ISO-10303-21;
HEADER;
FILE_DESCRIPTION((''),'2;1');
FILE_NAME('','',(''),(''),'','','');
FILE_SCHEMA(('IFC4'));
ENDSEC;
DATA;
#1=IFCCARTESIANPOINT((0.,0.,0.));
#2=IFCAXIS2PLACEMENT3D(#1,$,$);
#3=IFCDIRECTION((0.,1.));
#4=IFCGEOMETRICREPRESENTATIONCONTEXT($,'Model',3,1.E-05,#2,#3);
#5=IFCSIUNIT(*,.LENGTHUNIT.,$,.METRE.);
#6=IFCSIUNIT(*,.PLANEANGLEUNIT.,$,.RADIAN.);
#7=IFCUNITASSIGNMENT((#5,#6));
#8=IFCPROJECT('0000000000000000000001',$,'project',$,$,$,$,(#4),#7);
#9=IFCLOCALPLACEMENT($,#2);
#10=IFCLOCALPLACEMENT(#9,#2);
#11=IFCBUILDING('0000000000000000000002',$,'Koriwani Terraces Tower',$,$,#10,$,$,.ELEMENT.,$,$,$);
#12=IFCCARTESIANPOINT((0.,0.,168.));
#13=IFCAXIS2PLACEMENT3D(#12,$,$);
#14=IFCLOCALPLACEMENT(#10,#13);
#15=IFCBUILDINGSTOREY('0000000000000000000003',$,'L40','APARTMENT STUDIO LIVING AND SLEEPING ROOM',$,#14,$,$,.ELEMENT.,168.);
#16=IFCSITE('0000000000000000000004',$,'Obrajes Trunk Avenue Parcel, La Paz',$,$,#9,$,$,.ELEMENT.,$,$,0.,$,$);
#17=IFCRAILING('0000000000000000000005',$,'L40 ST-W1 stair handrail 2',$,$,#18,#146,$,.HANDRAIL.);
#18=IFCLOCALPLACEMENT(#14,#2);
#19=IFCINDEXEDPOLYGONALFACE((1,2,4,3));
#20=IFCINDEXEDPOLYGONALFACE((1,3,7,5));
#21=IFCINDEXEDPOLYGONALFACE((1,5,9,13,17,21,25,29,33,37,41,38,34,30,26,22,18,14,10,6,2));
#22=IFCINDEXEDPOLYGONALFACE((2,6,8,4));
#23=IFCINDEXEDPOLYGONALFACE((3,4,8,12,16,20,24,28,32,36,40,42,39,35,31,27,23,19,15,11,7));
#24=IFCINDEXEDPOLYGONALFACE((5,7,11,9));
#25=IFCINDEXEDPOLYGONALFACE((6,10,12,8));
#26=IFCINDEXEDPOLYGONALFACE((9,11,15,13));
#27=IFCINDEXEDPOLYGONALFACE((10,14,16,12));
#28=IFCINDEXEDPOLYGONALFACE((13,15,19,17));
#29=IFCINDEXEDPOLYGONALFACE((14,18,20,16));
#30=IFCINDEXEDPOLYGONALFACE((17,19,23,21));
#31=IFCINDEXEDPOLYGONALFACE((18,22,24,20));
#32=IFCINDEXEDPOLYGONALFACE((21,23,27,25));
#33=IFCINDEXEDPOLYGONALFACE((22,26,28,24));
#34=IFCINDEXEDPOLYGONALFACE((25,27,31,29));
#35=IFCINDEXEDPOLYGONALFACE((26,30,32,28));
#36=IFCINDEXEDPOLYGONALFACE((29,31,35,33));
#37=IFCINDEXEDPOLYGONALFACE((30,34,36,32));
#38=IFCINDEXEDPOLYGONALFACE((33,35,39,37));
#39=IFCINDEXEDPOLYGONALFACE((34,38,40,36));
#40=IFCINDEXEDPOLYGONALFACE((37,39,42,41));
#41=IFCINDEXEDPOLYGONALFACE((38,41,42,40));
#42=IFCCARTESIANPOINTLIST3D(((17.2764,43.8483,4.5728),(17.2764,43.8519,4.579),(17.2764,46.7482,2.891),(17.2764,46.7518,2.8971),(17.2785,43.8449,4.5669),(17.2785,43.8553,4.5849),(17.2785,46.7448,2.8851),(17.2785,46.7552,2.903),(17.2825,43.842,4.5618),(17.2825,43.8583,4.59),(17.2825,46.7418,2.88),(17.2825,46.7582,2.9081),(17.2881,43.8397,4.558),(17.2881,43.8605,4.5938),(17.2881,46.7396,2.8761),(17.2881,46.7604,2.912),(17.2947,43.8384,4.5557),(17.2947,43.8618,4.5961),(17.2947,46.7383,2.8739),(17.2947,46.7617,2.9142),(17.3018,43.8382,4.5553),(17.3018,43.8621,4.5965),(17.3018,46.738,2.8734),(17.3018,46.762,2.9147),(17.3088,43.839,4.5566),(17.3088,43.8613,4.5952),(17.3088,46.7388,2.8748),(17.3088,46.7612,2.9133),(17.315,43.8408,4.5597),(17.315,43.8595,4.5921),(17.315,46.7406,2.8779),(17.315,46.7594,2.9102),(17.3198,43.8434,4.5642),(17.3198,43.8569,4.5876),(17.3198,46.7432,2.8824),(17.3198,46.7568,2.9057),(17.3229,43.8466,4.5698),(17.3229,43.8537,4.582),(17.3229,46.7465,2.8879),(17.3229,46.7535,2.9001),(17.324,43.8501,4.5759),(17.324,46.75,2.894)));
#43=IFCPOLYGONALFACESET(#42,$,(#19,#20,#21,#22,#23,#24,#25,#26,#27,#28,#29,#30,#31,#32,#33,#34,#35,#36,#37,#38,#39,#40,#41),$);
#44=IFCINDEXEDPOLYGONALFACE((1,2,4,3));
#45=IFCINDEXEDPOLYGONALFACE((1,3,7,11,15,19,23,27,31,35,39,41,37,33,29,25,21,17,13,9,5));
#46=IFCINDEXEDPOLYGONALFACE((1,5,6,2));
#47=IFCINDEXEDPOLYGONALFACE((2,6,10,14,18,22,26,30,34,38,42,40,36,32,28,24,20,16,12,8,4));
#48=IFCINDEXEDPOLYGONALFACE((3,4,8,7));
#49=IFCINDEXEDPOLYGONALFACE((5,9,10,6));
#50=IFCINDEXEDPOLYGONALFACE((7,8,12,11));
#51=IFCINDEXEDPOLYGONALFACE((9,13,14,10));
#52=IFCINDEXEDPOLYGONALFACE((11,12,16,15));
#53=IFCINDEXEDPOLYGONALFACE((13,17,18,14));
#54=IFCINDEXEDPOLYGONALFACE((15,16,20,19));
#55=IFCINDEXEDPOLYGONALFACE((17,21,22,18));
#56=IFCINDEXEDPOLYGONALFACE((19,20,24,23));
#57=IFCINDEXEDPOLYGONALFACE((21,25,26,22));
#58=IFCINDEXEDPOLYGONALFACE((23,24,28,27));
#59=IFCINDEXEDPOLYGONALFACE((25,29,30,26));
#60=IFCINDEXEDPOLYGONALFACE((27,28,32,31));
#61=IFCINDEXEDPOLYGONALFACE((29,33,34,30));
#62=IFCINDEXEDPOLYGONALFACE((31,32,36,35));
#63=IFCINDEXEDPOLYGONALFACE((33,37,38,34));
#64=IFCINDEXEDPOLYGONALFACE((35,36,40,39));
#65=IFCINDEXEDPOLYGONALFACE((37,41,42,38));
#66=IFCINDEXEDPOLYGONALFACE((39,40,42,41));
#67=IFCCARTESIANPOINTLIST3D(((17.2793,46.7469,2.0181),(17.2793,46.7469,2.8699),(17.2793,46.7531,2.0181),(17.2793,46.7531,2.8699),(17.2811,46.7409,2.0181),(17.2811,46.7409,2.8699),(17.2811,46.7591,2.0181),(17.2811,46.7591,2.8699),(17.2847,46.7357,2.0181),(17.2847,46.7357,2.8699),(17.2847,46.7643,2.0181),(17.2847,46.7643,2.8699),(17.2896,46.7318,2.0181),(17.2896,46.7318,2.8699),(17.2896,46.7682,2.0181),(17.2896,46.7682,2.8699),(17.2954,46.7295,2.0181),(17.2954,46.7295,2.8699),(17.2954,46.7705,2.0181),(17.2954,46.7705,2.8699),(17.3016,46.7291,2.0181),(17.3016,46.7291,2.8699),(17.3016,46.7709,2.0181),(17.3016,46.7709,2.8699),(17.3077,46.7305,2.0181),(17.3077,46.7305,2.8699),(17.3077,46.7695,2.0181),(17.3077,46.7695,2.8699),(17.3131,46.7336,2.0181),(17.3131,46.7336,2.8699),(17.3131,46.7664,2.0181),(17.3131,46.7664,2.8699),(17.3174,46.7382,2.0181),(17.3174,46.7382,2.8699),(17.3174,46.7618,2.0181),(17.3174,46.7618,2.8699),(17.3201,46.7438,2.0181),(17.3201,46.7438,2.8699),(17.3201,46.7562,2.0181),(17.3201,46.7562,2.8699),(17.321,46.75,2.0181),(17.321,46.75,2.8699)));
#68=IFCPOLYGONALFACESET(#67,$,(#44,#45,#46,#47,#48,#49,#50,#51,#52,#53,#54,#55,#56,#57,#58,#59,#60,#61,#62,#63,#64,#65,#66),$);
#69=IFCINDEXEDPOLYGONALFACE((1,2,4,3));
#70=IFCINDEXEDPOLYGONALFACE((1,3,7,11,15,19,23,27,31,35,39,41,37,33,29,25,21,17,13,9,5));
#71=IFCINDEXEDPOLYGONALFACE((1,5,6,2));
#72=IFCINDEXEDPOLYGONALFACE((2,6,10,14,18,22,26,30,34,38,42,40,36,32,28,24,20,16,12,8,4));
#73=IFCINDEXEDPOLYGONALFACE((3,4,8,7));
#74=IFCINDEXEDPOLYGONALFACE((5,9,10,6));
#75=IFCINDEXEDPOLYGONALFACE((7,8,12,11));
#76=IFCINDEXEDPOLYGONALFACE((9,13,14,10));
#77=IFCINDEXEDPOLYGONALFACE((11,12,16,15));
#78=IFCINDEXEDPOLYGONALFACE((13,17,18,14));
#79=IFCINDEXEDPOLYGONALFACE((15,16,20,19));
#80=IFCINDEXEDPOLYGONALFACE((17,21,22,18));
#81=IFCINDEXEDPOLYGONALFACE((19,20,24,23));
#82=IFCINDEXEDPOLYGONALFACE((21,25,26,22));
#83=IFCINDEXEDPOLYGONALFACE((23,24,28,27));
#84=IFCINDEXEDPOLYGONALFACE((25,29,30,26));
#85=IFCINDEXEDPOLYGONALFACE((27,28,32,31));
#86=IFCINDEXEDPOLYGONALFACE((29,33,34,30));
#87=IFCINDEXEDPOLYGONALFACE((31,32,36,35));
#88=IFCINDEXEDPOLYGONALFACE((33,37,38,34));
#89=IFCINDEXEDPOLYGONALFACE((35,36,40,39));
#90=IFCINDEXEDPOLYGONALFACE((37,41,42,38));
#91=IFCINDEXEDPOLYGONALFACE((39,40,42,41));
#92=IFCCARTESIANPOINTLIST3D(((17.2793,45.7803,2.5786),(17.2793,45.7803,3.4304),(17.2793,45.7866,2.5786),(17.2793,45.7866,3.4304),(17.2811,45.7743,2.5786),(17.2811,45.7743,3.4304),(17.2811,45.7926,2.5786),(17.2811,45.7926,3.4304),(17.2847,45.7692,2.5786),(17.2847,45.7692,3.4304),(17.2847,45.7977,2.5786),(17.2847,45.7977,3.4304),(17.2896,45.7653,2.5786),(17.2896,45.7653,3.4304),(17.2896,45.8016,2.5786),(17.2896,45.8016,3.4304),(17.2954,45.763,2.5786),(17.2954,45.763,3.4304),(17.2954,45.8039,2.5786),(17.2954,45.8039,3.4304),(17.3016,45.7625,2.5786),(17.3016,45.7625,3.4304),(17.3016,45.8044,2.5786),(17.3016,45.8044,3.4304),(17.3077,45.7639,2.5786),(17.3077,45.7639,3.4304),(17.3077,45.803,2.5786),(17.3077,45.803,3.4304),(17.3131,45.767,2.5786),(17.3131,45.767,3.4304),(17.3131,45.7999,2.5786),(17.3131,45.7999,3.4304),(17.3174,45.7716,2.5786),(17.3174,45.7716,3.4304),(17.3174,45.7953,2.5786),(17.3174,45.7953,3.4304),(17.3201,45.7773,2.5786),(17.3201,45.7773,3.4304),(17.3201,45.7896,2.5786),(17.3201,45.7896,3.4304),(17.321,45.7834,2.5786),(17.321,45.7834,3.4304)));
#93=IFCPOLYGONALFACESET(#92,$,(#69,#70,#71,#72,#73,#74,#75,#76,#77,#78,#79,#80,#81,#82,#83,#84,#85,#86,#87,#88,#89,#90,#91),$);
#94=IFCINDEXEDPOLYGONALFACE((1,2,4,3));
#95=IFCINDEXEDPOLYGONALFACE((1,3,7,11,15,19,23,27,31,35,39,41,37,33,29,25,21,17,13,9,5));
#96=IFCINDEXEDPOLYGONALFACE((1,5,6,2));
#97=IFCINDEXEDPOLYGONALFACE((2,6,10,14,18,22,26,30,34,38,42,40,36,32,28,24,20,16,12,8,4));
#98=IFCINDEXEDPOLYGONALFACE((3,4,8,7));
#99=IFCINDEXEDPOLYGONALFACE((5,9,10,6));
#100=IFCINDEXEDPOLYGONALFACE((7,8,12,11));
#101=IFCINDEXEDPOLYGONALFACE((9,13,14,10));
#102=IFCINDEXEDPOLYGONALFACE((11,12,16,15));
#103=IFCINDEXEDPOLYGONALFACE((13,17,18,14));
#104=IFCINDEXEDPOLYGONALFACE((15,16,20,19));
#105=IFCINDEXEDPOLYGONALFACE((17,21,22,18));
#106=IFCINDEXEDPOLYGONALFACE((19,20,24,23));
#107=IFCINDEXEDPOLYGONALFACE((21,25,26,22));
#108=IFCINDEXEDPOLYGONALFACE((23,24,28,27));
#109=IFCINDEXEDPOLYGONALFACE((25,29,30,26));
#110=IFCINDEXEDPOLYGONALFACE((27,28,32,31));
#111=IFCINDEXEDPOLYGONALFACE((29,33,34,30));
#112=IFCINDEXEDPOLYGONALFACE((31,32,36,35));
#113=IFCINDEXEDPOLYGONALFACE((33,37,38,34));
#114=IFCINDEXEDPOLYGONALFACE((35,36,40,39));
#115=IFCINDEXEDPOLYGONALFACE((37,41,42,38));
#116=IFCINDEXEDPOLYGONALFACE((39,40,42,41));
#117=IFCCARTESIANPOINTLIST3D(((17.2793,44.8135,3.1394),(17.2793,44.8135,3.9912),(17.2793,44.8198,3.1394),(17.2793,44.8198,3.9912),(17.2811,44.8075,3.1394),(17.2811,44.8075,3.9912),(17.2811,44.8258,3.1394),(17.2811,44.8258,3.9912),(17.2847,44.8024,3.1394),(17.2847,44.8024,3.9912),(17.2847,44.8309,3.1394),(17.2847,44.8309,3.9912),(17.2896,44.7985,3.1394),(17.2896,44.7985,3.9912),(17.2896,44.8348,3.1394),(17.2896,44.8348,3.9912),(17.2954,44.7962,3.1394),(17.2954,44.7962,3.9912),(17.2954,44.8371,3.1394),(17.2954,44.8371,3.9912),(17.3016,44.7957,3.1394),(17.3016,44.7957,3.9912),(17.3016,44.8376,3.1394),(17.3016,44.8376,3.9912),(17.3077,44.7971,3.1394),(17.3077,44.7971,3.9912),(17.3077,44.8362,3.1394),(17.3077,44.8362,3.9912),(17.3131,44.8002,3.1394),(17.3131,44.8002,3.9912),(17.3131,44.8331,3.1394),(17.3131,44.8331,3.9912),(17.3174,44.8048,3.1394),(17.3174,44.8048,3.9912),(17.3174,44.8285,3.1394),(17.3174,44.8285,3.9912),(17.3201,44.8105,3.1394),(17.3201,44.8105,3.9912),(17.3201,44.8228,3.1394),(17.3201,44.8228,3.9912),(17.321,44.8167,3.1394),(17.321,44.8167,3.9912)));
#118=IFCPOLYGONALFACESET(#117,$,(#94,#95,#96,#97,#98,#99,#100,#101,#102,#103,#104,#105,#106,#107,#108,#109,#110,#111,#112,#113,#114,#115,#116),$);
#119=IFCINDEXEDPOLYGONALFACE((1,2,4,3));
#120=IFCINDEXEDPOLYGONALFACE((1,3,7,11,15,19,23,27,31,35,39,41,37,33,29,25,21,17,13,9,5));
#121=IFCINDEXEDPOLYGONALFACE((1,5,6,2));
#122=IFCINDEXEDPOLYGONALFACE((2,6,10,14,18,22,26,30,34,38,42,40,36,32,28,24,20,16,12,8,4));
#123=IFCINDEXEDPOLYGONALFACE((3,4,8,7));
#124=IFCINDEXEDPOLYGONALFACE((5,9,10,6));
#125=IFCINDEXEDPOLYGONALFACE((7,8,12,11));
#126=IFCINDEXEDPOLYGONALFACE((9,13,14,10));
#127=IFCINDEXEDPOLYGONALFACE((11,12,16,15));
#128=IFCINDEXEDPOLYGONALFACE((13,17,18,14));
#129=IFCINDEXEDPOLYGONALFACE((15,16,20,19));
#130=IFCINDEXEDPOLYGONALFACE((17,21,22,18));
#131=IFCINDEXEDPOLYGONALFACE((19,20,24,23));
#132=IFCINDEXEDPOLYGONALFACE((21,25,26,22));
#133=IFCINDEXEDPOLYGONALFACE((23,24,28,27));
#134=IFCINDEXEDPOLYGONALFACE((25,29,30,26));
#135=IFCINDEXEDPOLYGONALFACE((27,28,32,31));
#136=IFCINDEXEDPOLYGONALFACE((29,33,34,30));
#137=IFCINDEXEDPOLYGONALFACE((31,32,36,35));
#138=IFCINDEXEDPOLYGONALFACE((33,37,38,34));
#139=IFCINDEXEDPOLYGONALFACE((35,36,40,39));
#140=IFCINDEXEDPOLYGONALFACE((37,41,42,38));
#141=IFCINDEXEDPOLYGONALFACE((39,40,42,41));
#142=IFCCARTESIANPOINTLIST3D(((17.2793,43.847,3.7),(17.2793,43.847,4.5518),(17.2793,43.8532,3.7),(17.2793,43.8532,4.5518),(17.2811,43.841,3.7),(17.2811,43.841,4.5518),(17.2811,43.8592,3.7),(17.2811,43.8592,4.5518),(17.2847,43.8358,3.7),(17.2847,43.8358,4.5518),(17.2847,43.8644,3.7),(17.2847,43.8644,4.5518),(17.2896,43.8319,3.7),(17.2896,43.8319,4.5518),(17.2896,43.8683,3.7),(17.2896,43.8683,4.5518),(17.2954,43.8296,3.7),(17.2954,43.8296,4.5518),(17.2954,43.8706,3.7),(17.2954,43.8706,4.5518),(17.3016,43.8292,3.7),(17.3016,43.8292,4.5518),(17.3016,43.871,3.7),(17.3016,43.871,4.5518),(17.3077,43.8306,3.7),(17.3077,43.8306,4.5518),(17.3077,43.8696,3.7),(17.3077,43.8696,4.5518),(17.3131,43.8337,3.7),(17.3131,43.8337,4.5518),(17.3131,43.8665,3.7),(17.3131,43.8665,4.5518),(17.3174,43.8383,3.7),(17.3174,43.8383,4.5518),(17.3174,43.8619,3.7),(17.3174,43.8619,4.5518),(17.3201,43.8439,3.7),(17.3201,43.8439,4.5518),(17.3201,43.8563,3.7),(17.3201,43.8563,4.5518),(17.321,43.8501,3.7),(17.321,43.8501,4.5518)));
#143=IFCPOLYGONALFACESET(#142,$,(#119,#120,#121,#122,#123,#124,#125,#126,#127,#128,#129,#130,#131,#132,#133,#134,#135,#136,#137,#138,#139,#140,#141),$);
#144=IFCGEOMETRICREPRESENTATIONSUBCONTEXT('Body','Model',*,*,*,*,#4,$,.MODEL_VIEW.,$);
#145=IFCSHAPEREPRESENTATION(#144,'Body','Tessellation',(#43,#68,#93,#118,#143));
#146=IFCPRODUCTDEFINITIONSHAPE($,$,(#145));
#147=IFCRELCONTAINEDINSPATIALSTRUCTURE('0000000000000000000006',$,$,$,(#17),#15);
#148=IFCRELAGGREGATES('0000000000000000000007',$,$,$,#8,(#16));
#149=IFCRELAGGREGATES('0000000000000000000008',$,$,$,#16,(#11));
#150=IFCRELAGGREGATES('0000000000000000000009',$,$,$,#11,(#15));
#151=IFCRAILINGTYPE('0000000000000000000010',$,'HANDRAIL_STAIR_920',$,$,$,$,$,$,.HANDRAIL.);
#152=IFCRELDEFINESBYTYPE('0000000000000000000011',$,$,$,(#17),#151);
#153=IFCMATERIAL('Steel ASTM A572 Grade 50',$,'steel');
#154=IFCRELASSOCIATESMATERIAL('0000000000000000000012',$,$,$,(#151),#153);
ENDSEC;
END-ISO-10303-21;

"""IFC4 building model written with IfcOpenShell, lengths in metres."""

from ifc_helpers import new_model, si_unit, direction, frame, origin, origin_2d, place, context, subcontext, project, spatial, circle, extrude, material, type_object, element, save


model = new_model("IFC4")

# Units and contexts
model_context = context("Model", 3, precision=1e-05, world=origin(), true_north=direction((0.0, 1.0)))
body_context = subcontext(model_context, "Body", "Model", "MODEL_VIEW")
ifc_project = project(units=[si_unit("LENGTHUNIT", "METRE"), si_unit("PLANEANGLEUNIT", "RADIAN")], contexts=[model_context])

# Site, building, storey
site_placement = place(None, origin())
site = spatial("IfcSite", under=ifc_project, at=site_placement, Name="Obrajes Trunk Avenue Parcel, La Paz", CompositionType="ELEMENT", RefElevation=0.0)
building_placement = place(site_placement, origin())
building = spatial("IfcBuilding", under=site, at=building_placement, Name="Koriwani Terraces Tower", CompositionType="ELEMENT")
storey_placement = place(building_placement, frame((0.0, 0.0, 168.0)))
storey = spatial("IfcBuildingStorey", under=building, at=storey_placement, Name="L40", Description="APARTMENT STUDIO LIVING AND SLEEPING ROOM", CompositionType="ELEMENT", Elevation=168.0)

# Shared definitions
ifc_material_1 = material(Name="Steel ASTM A572 Grade 50", Category="steel")

# Railing
railing_type_1 = type_object("IfcRailingType", Name="HANDRAIL_STAIR_920", PredefinedType="HANDRAIL", material=ifc_material_1)
railing_1_placement = place(storey_placement, frame((17.3, 46.75, 2.0181)))
element("IfcRailing", 1, at=railing_1_placement, inside=storey, type_object=railing_type_1, Name="L40 ST-W1 stair handrail 2", PredefinedType="HANDRAIL", context=body_context, shape_type="SweptSolid", body=[
    extrude(circle(Radius=0.0239, at=origin_2d()), frame((0.0, 0.0, 0.876), z_axis=(0.0, -0.865039, 0.501705), x_axis=(1.0, 0.0, 0.0)), (0.0, 0.0, 1.0), 3.3523),
    extrude(circle(Radius=0.021, at=origin_2d()), origin(), (0.0, 0.0, 1.0), 0.8518),
    extrude(circle(Radius=0.021, at=origin_2d()), frame((0.0, -0.9666, 0.5605)), (0.0, 0.0, 1.0), 0.8518),
    extrude(circle(Radius=0.021, at=origin_2d()), frame((0.0, -1.9333, 1.1213)), (0.0, 0.0, 1.0), 0.8518),
    extrude(circle(Radius=0.021, at=origin_2d()), frame((0.0, -2.8999, 1.6819)), (0.0, 0.0, 1.0), 0.8518),
])

save(model, "model.ifc")
